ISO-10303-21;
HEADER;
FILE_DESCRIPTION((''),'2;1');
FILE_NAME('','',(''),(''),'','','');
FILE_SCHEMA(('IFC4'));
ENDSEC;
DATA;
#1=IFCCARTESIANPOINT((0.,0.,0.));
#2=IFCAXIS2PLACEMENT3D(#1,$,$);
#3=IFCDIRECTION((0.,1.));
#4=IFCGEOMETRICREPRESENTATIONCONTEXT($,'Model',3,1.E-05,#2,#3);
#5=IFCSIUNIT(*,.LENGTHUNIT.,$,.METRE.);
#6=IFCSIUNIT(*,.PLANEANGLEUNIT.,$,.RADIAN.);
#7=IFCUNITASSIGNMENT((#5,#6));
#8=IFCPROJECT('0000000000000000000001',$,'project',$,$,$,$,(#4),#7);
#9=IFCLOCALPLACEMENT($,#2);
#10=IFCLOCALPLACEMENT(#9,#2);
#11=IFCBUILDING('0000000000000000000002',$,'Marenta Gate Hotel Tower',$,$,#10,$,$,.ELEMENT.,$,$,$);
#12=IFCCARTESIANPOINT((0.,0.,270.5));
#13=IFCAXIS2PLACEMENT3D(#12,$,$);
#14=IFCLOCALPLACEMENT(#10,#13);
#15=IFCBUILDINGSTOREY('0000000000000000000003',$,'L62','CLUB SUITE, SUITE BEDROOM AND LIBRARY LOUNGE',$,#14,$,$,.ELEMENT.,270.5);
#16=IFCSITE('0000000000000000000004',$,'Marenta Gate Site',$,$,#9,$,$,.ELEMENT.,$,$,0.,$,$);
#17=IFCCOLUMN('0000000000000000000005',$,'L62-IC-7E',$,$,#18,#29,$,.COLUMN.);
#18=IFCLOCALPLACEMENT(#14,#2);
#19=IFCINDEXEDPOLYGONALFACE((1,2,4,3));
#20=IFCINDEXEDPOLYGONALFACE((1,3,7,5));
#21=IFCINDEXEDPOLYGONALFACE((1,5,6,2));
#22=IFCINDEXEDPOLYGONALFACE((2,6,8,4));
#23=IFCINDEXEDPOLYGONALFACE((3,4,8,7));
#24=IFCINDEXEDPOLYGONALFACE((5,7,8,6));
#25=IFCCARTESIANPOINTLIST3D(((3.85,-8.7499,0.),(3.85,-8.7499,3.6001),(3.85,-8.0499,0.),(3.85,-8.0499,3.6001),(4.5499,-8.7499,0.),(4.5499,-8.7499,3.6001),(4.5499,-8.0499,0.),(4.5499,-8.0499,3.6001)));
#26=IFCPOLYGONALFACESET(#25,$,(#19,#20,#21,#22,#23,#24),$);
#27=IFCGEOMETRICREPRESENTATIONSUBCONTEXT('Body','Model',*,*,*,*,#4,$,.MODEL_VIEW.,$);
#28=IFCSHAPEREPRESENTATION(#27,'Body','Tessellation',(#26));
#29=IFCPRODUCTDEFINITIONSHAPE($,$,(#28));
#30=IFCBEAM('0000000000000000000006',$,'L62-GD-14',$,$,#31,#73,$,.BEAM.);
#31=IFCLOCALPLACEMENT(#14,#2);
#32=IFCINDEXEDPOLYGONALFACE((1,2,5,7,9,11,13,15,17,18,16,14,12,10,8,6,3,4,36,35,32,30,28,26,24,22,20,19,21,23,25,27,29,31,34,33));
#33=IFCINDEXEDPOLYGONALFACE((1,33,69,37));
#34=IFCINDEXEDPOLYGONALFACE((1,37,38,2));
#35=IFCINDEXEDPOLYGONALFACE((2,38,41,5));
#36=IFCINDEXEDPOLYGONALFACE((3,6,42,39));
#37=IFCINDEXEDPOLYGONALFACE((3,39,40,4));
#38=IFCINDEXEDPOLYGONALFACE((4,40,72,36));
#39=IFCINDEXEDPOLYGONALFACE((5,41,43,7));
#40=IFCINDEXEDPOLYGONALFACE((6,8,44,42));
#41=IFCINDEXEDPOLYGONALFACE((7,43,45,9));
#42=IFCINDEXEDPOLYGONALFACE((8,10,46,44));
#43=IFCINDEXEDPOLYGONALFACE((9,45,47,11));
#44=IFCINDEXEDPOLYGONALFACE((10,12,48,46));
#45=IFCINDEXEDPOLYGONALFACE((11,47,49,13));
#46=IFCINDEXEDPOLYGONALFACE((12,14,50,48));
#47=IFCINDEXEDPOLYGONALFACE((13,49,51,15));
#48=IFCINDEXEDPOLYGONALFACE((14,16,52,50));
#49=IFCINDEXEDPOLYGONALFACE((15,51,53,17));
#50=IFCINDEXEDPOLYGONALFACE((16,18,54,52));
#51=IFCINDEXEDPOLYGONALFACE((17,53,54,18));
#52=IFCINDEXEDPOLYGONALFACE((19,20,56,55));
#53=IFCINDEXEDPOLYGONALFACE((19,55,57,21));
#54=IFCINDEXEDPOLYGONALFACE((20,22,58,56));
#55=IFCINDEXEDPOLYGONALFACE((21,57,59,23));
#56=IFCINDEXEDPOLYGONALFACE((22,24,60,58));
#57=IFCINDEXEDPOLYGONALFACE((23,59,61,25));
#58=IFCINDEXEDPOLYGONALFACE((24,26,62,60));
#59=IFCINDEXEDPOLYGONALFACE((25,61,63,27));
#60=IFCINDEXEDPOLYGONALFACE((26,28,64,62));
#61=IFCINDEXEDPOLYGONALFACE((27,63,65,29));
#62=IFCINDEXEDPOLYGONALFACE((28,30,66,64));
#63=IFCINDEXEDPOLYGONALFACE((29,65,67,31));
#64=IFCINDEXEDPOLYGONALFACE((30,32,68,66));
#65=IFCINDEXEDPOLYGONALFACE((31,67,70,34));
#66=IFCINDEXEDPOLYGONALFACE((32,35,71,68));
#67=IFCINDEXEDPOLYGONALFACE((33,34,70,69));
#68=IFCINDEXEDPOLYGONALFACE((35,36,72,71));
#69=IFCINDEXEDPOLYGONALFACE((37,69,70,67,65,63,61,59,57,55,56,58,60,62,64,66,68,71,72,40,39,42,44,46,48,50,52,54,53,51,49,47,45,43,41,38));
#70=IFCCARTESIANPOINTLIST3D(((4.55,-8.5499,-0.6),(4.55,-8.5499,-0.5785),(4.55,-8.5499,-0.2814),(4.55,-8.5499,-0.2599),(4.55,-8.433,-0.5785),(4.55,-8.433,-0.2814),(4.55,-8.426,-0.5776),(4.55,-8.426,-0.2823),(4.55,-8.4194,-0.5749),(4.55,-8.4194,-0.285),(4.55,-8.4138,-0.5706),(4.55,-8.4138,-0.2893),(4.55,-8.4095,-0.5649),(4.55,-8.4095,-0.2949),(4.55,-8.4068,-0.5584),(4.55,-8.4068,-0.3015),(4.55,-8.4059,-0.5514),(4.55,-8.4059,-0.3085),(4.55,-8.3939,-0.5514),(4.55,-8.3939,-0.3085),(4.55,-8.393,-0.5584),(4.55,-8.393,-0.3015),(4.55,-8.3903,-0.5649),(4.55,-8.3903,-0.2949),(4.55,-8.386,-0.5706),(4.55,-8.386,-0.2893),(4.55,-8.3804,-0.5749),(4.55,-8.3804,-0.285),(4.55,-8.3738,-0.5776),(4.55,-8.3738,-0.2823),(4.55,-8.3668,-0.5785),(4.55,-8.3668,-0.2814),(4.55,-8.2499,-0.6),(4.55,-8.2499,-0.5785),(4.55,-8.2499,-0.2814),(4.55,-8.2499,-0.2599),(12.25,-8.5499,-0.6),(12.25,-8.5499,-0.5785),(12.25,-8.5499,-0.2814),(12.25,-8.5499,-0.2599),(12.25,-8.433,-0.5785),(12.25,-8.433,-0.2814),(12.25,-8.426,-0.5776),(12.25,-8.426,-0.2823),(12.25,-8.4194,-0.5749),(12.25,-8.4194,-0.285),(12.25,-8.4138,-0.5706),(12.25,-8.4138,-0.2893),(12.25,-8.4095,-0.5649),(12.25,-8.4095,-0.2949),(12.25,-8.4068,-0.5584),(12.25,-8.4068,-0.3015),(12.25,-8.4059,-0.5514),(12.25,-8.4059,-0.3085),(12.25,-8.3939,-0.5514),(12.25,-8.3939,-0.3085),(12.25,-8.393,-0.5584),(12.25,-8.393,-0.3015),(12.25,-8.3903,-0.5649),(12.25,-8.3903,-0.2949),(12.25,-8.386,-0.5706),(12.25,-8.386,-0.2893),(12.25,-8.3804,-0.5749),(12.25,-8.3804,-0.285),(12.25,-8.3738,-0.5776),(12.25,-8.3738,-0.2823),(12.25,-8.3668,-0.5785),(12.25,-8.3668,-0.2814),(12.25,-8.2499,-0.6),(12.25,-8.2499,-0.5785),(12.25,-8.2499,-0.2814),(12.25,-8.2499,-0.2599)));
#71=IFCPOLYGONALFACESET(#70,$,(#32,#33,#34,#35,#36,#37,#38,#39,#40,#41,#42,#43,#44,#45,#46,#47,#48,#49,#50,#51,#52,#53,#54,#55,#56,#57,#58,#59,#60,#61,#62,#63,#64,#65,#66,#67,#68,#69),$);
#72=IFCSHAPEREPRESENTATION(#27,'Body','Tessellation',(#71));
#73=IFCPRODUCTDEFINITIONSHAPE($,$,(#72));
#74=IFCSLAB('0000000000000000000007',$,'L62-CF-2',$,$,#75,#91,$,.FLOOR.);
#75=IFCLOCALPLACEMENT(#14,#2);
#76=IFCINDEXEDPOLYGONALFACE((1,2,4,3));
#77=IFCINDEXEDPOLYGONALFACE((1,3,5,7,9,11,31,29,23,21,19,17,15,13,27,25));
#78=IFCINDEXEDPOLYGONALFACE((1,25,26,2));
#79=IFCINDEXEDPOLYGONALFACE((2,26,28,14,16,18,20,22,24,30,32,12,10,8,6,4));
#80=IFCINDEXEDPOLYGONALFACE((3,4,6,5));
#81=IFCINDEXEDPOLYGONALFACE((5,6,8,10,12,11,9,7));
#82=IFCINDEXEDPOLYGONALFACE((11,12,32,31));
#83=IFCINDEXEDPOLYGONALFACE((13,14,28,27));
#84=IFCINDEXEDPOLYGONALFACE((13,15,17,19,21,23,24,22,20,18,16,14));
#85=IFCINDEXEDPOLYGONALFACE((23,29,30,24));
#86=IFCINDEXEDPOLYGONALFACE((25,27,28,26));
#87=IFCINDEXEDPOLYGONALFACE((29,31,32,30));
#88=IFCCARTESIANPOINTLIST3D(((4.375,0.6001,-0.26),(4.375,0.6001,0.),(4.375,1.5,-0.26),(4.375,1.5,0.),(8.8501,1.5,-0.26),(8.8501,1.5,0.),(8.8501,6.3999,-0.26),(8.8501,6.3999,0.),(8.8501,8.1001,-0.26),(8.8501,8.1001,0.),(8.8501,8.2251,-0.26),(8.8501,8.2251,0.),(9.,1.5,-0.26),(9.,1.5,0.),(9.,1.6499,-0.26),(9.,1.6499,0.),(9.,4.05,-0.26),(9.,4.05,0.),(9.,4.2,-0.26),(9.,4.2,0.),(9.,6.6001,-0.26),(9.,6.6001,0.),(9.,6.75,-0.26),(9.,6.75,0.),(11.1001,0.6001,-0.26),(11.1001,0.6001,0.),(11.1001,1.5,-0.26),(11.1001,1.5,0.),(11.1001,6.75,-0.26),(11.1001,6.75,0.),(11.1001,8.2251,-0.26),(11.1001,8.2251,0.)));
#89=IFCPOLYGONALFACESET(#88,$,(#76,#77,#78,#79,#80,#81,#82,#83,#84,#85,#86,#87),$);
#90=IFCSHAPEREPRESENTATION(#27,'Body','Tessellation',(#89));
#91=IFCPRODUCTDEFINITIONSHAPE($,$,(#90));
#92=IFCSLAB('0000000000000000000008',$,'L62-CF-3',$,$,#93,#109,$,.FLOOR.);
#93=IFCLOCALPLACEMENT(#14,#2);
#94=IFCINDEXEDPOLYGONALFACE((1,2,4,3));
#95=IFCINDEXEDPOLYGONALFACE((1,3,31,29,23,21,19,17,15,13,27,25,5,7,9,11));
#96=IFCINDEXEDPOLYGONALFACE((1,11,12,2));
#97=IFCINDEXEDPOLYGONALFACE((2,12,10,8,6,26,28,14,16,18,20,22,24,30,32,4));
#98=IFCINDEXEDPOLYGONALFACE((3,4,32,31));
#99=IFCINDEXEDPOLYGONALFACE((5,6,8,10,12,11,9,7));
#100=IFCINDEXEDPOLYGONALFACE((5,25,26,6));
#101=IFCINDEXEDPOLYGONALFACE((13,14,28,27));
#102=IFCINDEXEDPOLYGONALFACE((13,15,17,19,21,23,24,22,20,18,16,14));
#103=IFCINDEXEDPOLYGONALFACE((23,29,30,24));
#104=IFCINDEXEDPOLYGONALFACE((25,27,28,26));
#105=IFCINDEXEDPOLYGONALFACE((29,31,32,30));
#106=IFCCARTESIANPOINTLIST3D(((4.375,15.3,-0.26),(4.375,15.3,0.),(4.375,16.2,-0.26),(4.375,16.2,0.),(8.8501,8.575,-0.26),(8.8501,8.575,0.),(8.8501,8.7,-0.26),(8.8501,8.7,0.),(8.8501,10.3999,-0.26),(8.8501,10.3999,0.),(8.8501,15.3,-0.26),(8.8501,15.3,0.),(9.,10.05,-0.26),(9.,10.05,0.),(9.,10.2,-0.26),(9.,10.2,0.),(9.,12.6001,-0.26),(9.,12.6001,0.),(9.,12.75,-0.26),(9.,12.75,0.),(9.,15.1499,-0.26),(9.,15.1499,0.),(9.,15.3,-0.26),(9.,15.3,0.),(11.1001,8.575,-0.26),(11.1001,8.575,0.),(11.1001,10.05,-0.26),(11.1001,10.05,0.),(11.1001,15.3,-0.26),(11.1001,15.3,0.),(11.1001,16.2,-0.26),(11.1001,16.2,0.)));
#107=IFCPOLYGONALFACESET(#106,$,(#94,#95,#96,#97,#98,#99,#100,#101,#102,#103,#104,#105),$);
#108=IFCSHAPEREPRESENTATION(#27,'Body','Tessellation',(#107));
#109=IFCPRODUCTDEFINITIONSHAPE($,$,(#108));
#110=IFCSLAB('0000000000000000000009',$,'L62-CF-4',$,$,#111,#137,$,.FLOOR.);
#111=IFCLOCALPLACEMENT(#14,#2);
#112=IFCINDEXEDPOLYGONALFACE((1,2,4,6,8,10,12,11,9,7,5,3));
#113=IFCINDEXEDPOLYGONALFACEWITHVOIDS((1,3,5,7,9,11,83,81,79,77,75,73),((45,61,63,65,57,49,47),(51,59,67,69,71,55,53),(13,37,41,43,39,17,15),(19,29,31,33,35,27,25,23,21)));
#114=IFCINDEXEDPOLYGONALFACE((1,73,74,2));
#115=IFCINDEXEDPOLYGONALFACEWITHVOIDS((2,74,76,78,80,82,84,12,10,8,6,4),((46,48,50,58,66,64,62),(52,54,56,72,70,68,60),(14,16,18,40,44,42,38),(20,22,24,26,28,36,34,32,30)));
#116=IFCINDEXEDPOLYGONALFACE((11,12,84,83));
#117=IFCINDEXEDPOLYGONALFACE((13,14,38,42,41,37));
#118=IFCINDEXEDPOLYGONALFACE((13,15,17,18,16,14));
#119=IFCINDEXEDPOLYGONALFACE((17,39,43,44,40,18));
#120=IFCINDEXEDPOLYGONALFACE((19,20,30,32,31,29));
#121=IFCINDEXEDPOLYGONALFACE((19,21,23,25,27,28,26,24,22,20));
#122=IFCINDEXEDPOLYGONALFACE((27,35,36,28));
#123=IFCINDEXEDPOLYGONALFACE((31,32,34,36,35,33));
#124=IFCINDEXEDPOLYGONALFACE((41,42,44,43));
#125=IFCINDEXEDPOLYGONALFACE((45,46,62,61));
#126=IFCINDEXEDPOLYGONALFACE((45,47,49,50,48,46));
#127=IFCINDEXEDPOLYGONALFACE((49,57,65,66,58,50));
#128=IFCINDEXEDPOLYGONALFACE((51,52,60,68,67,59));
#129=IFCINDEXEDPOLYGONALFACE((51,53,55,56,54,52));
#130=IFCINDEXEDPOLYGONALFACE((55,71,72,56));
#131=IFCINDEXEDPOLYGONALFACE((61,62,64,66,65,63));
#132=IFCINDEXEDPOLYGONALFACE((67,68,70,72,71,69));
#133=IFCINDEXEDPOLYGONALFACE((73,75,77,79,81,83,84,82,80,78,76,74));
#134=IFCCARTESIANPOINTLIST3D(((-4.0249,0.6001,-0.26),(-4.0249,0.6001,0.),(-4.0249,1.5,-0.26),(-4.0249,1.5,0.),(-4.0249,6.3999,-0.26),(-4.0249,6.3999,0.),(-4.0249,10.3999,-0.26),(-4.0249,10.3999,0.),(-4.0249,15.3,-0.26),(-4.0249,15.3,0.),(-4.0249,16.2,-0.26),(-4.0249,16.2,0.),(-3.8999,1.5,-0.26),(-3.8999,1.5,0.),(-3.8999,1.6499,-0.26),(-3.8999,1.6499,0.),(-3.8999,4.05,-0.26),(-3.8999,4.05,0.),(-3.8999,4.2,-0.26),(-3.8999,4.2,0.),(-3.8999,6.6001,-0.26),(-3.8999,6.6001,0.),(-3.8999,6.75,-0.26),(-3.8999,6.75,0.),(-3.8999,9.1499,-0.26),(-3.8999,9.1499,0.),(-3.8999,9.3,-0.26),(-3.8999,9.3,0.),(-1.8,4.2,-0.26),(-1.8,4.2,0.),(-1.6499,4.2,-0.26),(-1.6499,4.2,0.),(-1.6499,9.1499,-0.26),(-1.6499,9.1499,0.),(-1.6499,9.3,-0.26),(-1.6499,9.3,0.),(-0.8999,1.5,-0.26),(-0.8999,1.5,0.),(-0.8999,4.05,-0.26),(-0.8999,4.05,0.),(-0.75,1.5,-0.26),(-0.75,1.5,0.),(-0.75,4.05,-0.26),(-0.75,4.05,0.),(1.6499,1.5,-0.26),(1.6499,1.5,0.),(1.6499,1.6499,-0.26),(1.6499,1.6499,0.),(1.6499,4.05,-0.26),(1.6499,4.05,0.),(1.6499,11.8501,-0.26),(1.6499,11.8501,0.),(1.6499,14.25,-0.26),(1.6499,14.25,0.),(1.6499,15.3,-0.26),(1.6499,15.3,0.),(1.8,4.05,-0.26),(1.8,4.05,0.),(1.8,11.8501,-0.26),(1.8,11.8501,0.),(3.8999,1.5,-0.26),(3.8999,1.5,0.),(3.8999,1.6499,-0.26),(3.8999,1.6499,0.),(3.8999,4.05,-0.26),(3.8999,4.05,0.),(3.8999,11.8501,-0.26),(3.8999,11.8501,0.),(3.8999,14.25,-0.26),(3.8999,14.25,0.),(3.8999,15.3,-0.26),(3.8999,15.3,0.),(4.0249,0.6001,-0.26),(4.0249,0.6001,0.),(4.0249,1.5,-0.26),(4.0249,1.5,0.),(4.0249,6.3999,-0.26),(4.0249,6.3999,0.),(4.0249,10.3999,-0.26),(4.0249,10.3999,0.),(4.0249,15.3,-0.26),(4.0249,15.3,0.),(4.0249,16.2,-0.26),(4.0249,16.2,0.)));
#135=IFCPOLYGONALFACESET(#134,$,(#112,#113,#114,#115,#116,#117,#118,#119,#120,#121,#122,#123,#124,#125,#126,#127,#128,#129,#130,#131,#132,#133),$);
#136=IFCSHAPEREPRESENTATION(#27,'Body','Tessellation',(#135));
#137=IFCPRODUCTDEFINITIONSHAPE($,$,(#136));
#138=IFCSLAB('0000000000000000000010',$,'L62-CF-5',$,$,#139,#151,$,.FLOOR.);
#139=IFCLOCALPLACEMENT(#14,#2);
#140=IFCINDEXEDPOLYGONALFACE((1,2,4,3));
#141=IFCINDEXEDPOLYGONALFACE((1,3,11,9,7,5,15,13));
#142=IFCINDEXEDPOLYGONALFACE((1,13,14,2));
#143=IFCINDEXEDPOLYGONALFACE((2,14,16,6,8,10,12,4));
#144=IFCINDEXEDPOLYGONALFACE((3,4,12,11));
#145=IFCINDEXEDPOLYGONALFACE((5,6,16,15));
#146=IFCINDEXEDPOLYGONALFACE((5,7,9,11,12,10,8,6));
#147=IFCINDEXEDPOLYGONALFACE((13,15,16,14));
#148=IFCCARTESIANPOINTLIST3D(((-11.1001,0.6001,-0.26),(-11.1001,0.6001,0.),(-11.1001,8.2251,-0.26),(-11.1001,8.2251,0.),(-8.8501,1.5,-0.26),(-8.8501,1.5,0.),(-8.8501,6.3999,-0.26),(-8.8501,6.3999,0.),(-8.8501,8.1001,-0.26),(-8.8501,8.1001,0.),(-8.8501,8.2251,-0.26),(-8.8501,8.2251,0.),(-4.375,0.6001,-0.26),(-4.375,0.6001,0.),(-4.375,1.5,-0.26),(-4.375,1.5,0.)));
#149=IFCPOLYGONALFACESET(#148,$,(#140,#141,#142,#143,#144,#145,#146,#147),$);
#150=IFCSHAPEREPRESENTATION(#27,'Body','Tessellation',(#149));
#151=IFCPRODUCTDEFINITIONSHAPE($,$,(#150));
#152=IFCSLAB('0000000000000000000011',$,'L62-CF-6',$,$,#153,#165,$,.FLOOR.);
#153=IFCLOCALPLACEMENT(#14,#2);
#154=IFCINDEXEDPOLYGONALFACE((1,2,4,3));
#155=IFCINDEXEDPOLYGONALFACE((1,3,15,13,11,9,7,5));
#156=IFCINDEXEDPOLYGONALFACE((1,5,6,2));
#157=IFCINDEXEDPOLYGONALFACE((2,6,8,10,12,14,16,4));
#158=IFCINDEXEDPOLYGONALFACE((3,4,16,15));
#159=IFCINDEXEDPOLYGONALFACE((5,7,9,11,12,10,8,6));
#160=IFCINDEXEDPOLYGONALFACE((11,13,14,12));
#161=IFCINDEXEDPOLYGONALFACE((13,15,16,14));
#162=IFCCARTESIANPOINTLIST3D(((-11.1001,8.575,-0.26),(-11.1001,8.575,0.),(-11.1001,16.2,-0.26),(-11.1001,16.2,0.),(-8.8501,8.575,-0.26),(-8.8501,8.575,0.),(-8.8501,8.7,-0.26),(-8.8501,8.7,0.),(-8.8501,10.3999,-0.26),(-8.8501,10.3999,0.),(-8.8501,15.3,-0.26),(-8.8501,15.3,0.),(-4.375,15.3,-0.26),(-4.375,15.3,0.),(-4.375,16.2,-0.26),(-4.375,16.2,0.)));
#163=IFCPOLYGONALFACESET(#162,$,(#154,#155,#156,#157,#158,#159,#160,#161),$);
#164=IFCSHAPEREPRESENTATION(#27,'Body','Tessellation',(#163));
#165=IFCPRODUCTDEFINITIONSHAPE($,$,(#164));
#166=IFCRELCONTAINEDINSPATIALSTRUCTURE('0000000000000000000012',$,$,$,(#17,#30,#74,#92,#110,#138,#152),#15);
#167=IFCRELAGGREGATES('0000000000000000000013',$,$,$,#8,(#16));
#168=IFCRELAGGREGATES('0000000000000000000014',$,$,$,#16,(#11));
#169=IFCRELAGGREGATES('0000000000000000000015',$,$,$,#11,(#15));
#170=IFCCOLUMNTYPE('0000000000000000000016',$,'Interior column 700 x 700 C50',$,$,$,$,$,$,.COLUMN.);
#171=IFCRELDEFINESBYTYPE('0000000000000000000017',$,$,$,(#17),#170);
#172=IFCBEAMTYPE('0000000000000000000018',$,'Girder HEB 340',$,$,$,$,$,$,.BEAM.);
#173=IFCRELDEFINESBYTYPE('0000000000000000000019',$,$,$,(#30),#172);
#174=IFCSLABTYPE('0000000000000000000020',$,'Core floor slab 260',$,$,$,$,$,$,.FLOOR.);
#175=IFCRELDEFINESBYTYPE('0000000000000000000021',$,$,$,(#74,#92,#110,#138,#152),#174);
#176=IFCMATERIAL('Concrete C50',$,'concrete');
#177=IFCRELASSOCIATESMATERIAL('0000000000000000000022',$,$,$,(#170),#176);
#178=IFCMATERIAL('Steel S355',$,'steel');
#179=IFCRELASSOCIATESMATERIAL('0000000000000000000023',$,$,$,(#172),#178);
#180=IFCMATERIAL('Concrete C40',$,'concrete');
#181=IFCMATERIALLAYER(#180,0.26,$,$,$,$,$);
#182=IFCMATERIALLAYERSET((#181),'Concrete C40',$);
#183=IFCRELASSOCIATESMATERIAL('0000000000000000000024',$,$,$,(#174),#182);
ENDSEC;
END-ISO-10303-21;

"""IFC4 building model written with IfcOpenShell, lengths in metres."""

from ifc_helpers import new_model, si_unit, direction, frame, origin, origin_2d, place, context, subcontext, project, spatial, polyline, rectangle, i_section, outline, extrude, material, layer, layer_set, material_profile, profile_set, type_object, element, save


model = new_model("IFC4")

# Units and contexts
model_context = context("Model", 3, precision=1e-05, world=origin(), true_north=direction((0.0, 1.0)))
body_context = subcontext(model_context, "Body", "Model", "MODEL_VIEW")
ifc_project = project(units=[si_unit("LENGTHUNIT", "METRE"), si_unit("PLANEANGLEUNIT", "RADIAN")], contexts=[model_context])

# Site, building, storey
site_placement = place(None, origin())
site = spatial("IfcSite", under=ifc_project, at=site_placement, Name="Marenta Gate Site", CompositionType="ELEMENT", RefElevation=0.0)
building_placement = place(site_placement, origin())
building = spatial("IfcBuilding", under=site, at=building_placement, Name="Marenta Gate Hotel Tower", CompositionType="ELEMENT")
storey_placement = place(building_placement, frame((0.0, 0.0, 270.5)))
storey = spatial("IfcBuildingStorey", under=building, at=storey_placement, Name="L62", Description="CLUB SUITE, SUITE BEDROOM AND LIBRARY LOUNGE", CompositionType="ELEMENT", Elevation=270.5)

# Column
ifc_material_1 = material(Name="Concrete C50", Category="concrete")
ifc_material_profile_1 = material_profile(ifc_material_1, rectangle(XDim=0.7, YDim=0.7, at=origin_2d()), Name="700 x 700")
ifc_profile_set_1 = profile_set([ifc_material_profile_1], Name="Concrete C50")
column_type = type_object("IfcColumnType", Name="Interior column 700 x 700 C50", PredefinedType="COLUMN", material=ifc_profile_set_1)
column_placement = place(storey_placement, frame((4.2, -8.3999, 0.0), z_axis=(0.0, 0.0, 1.0), x_axis=(1.0, 0.0, 0.0)))
element("IfcColumn", 1, at=column_placement, inside=storey, type_object=column_type, Name="L62-IC-7E", PredefinedType="COLUMN", context=body_context, shape_type="SweptSolid", body=[
    extrude(rectangle(XDim=0.7, YDim=0.7, at=origin_2d()), origin(), (0.0, 0.0, 1.0), 3.6001),
])

# Beam
ifc_material_2 = material(Name="Steel S355", Category="steel")
ifc_material_profile_2 = material_profile(ifc_material_2, i_section(OverallWidth=0.3, OverallDepth=0.3401, WebThickness=0.012, FlangeThickness=0.0215, FilletRadius=0.0271, at=origin_2d()), Name="HEB 340")
ifc_profile_set_2 = profile_set([ifc_material_profile_2], Name="Steel S355")
beam_type = type_object("IfcBeamType", Name="Girder HEB 340", PredefinedType="BEAM", material=ifc_profile_set_2)
beam_placement = place(storey_placement, frame((4.55, -8.3999, -0.4299), z_axis=(1.0, 0.0, 0.0), x_axis=(0.0, 1.0, 0.0)))
element("IfcBeam", 2, at=beam_placement, inside=storey, type_object=beam_type, Name="L62-GD-14", PredefinedType="BEAM", context=body_context, shape_type="SweptSolid", body=[
    extrude(i_section(OverallWidth=0.3, OverallDepth=0.3401, WebThickness=0.012, FlangeThickness=0.0215, FilletRadius=0.0271, at=origin_2d()), origin(), (0.0, 0.0, 1.0), 7.7),
])

# Slabs
ifc_material_3 = material(Name="Concrete C40", Category="concrete")
ifc_layer_1 = layer(ifc_material_3, 0.26)
ifc_layer_set_1 = layer_set([ifc_layer_1], Name="Concrete C40")
slab_type_1 = type_object("IfcSlabType", Name="Core floor slab 260", PredefinedType="FLOOR", material=ifc_layer_set_1)
slab_1_placement = place(storey_placement, frame((0.0, 0.0, -0.26)))
element("IfcSlab", 3, at=slab_1_placement, inside=storey, type_object=slab_type_1, Name="L62-CF-2", PredefinedType="FLOOR", context=body_context, shape_type="SweptSolid", body=[
    extrude(outline(polyline([(8.8501, 1.5), (8.8501, 6.3999), (8.8501, 8.1001), (8.8501, 8.2251), (11.1001, 8.2251), (11.1001, 6.75), (9.0, 6.75), (9.0, 6.6001), (9.0, 4.2), (9.0, 4.05), (9.0, 1.6499), (9.0, 1.5), (11.1001, 1.5), (11.1001, 0.6001), (4.375, 0.6001), (4.375, 1.5), (8.8501, 1.5)])), origin(), (0.0, 0.0, 1.0), 0.26),
])
slab_2_placement = place(storey_placement, frame((0.0, 0.0, -0.26)))
element("IfcSlab", 4, at=slab_2_placement, inside=storey, type_object=slab_type_1, Name="L62-CF-3", PredefinedType="FLOOR", context=body_context, shape_type="SweptSolid", body=[
    extrude(outline(polyline([(8.8501, 15.3), (4.375, 15.3), (4.375, 16.2), (11.1001, 16.2), (11.1001, 15.3), (9.0, 15.3), (9.0, 15.1499), (9.0, 12.75), (9.0, 12.6001), (9.0, 10.2), (9.0, 10.05), (11.1001, 10.05), (11.1001, 8.575), (8.8501, 8.575), (8.8501, 8.7), (8.8501, 10.3999), (8.8501, 15.3)])), origin(), (0.0, 0.0, 1.0), 0.26),
])
slab_3_placement = place(storey_placement, frame((0.0, 0.0, -0.26)))
element("IfcSlab", 5, at=slab_3_placement, inside=storey, type_object=slab_type_1, Name="L62-CF-4", PredefinedType="FLOOR", context=body_context, shape_type="SweptSolid", body=[
    extrude(outline(polyline([(4.0249, 15.3), (4.0249, 10.3999), (4.0249, 6.3999), (4.0249, 1.5), (4.0249, 0.6001), (-4.0249, 0.6001), (-4.0249, 1.5), (-4.0249, 6.3999), (-4.0249, 10.3999), (-4.0249, 15.3), (-4.0249, 16.2), (4.0249, 16.2), (4.0249, 15.3)]), holes=[polyline([(1.6499, 14.25), (1.6499, 11.8501), (1.8, 11.8501), (3.8999, 11.8501), (3.8999, 14.25), (3.8999, 15.3), (1.6499, 15.3), (1.6499, 14.25)]), polyline([(3.8999, 1.6499), (3.8999, 4.05), (1.8, 4.05), (1.6499, 4.05), (1.6499, 1.6499), (1.6499, 1.5), (3.8999, 1.5), (3.8999, 1.6499)]), polyline([(-3.8999, 1.6499), (-3.8999, 1.5), (-0.8999, 1.5), (-0.75, 1.5), (-0.75, 4.05), (-0.8999, 4.05), (-3.8999, 4.05), (-3.8999, 1.6499)]), polyline([(-1.8, 4.2), (-1.6499, 4.2), (-1.6499, 9.1499), (-1.6499, 9.3), (-3.8999, 9.3), (-3.8999, 9.1499), (-3.8999, 6.75), (-3.8999, 6.6001), (-3.8999, 4.2), (-1.8, 4.2)])]), origin(), (0.0, 0.0, 1.0), 0.26),
])
slab_4_placement = place(storey_placement, frame((0.0, 0.0, -0.26)))
element("IfcSlab", 6, at=slab_4_placement, inside=storey, type_object=slab_type_1, Name="L62-CF-5", PredefinedType="FLOOR", context=body_context, shape_type="SweptSolid", body=[
    extrude(outline(polyline([(-8.8501, 8.2251), (-8.8501, 8.1001), (-8.8501, 6.3999), (-8.8501, 1.5), (-4.375, 1.5), (-4.375, 0.6001), (-11.1001, 0.6001), (-11.1001, 8.2251), (-8.8501, 8.2251)])), origin(), (0.0, 0.0, 1.0), 0.26),
])
slab_5_placement = place(storey_placement, frame((0.0, 0.0, -0.26)))
element("IfcSlab", 7, at=slab_5_placement, inside=storey, type_object=slab_type_1, Name="L62-CF-6", PredefinedType="FLOOR", context=body_context, shape_type="SweptSolid", body=[
    extrude(outline(polyline([(-4.375, 15.3), (-8.8501, 15.3), (-8.8501, 10.3999), (-8.8501, 8.7), (-8.8501, 8.575), (-11.1001, 8.575), (-11.1001, 16.2), (-4.375, 16.2), (-4.375, 15.3)])), origin(), (0.0, 0.0, 1.0), 0.26),
])

save(model, "model.ifc")
